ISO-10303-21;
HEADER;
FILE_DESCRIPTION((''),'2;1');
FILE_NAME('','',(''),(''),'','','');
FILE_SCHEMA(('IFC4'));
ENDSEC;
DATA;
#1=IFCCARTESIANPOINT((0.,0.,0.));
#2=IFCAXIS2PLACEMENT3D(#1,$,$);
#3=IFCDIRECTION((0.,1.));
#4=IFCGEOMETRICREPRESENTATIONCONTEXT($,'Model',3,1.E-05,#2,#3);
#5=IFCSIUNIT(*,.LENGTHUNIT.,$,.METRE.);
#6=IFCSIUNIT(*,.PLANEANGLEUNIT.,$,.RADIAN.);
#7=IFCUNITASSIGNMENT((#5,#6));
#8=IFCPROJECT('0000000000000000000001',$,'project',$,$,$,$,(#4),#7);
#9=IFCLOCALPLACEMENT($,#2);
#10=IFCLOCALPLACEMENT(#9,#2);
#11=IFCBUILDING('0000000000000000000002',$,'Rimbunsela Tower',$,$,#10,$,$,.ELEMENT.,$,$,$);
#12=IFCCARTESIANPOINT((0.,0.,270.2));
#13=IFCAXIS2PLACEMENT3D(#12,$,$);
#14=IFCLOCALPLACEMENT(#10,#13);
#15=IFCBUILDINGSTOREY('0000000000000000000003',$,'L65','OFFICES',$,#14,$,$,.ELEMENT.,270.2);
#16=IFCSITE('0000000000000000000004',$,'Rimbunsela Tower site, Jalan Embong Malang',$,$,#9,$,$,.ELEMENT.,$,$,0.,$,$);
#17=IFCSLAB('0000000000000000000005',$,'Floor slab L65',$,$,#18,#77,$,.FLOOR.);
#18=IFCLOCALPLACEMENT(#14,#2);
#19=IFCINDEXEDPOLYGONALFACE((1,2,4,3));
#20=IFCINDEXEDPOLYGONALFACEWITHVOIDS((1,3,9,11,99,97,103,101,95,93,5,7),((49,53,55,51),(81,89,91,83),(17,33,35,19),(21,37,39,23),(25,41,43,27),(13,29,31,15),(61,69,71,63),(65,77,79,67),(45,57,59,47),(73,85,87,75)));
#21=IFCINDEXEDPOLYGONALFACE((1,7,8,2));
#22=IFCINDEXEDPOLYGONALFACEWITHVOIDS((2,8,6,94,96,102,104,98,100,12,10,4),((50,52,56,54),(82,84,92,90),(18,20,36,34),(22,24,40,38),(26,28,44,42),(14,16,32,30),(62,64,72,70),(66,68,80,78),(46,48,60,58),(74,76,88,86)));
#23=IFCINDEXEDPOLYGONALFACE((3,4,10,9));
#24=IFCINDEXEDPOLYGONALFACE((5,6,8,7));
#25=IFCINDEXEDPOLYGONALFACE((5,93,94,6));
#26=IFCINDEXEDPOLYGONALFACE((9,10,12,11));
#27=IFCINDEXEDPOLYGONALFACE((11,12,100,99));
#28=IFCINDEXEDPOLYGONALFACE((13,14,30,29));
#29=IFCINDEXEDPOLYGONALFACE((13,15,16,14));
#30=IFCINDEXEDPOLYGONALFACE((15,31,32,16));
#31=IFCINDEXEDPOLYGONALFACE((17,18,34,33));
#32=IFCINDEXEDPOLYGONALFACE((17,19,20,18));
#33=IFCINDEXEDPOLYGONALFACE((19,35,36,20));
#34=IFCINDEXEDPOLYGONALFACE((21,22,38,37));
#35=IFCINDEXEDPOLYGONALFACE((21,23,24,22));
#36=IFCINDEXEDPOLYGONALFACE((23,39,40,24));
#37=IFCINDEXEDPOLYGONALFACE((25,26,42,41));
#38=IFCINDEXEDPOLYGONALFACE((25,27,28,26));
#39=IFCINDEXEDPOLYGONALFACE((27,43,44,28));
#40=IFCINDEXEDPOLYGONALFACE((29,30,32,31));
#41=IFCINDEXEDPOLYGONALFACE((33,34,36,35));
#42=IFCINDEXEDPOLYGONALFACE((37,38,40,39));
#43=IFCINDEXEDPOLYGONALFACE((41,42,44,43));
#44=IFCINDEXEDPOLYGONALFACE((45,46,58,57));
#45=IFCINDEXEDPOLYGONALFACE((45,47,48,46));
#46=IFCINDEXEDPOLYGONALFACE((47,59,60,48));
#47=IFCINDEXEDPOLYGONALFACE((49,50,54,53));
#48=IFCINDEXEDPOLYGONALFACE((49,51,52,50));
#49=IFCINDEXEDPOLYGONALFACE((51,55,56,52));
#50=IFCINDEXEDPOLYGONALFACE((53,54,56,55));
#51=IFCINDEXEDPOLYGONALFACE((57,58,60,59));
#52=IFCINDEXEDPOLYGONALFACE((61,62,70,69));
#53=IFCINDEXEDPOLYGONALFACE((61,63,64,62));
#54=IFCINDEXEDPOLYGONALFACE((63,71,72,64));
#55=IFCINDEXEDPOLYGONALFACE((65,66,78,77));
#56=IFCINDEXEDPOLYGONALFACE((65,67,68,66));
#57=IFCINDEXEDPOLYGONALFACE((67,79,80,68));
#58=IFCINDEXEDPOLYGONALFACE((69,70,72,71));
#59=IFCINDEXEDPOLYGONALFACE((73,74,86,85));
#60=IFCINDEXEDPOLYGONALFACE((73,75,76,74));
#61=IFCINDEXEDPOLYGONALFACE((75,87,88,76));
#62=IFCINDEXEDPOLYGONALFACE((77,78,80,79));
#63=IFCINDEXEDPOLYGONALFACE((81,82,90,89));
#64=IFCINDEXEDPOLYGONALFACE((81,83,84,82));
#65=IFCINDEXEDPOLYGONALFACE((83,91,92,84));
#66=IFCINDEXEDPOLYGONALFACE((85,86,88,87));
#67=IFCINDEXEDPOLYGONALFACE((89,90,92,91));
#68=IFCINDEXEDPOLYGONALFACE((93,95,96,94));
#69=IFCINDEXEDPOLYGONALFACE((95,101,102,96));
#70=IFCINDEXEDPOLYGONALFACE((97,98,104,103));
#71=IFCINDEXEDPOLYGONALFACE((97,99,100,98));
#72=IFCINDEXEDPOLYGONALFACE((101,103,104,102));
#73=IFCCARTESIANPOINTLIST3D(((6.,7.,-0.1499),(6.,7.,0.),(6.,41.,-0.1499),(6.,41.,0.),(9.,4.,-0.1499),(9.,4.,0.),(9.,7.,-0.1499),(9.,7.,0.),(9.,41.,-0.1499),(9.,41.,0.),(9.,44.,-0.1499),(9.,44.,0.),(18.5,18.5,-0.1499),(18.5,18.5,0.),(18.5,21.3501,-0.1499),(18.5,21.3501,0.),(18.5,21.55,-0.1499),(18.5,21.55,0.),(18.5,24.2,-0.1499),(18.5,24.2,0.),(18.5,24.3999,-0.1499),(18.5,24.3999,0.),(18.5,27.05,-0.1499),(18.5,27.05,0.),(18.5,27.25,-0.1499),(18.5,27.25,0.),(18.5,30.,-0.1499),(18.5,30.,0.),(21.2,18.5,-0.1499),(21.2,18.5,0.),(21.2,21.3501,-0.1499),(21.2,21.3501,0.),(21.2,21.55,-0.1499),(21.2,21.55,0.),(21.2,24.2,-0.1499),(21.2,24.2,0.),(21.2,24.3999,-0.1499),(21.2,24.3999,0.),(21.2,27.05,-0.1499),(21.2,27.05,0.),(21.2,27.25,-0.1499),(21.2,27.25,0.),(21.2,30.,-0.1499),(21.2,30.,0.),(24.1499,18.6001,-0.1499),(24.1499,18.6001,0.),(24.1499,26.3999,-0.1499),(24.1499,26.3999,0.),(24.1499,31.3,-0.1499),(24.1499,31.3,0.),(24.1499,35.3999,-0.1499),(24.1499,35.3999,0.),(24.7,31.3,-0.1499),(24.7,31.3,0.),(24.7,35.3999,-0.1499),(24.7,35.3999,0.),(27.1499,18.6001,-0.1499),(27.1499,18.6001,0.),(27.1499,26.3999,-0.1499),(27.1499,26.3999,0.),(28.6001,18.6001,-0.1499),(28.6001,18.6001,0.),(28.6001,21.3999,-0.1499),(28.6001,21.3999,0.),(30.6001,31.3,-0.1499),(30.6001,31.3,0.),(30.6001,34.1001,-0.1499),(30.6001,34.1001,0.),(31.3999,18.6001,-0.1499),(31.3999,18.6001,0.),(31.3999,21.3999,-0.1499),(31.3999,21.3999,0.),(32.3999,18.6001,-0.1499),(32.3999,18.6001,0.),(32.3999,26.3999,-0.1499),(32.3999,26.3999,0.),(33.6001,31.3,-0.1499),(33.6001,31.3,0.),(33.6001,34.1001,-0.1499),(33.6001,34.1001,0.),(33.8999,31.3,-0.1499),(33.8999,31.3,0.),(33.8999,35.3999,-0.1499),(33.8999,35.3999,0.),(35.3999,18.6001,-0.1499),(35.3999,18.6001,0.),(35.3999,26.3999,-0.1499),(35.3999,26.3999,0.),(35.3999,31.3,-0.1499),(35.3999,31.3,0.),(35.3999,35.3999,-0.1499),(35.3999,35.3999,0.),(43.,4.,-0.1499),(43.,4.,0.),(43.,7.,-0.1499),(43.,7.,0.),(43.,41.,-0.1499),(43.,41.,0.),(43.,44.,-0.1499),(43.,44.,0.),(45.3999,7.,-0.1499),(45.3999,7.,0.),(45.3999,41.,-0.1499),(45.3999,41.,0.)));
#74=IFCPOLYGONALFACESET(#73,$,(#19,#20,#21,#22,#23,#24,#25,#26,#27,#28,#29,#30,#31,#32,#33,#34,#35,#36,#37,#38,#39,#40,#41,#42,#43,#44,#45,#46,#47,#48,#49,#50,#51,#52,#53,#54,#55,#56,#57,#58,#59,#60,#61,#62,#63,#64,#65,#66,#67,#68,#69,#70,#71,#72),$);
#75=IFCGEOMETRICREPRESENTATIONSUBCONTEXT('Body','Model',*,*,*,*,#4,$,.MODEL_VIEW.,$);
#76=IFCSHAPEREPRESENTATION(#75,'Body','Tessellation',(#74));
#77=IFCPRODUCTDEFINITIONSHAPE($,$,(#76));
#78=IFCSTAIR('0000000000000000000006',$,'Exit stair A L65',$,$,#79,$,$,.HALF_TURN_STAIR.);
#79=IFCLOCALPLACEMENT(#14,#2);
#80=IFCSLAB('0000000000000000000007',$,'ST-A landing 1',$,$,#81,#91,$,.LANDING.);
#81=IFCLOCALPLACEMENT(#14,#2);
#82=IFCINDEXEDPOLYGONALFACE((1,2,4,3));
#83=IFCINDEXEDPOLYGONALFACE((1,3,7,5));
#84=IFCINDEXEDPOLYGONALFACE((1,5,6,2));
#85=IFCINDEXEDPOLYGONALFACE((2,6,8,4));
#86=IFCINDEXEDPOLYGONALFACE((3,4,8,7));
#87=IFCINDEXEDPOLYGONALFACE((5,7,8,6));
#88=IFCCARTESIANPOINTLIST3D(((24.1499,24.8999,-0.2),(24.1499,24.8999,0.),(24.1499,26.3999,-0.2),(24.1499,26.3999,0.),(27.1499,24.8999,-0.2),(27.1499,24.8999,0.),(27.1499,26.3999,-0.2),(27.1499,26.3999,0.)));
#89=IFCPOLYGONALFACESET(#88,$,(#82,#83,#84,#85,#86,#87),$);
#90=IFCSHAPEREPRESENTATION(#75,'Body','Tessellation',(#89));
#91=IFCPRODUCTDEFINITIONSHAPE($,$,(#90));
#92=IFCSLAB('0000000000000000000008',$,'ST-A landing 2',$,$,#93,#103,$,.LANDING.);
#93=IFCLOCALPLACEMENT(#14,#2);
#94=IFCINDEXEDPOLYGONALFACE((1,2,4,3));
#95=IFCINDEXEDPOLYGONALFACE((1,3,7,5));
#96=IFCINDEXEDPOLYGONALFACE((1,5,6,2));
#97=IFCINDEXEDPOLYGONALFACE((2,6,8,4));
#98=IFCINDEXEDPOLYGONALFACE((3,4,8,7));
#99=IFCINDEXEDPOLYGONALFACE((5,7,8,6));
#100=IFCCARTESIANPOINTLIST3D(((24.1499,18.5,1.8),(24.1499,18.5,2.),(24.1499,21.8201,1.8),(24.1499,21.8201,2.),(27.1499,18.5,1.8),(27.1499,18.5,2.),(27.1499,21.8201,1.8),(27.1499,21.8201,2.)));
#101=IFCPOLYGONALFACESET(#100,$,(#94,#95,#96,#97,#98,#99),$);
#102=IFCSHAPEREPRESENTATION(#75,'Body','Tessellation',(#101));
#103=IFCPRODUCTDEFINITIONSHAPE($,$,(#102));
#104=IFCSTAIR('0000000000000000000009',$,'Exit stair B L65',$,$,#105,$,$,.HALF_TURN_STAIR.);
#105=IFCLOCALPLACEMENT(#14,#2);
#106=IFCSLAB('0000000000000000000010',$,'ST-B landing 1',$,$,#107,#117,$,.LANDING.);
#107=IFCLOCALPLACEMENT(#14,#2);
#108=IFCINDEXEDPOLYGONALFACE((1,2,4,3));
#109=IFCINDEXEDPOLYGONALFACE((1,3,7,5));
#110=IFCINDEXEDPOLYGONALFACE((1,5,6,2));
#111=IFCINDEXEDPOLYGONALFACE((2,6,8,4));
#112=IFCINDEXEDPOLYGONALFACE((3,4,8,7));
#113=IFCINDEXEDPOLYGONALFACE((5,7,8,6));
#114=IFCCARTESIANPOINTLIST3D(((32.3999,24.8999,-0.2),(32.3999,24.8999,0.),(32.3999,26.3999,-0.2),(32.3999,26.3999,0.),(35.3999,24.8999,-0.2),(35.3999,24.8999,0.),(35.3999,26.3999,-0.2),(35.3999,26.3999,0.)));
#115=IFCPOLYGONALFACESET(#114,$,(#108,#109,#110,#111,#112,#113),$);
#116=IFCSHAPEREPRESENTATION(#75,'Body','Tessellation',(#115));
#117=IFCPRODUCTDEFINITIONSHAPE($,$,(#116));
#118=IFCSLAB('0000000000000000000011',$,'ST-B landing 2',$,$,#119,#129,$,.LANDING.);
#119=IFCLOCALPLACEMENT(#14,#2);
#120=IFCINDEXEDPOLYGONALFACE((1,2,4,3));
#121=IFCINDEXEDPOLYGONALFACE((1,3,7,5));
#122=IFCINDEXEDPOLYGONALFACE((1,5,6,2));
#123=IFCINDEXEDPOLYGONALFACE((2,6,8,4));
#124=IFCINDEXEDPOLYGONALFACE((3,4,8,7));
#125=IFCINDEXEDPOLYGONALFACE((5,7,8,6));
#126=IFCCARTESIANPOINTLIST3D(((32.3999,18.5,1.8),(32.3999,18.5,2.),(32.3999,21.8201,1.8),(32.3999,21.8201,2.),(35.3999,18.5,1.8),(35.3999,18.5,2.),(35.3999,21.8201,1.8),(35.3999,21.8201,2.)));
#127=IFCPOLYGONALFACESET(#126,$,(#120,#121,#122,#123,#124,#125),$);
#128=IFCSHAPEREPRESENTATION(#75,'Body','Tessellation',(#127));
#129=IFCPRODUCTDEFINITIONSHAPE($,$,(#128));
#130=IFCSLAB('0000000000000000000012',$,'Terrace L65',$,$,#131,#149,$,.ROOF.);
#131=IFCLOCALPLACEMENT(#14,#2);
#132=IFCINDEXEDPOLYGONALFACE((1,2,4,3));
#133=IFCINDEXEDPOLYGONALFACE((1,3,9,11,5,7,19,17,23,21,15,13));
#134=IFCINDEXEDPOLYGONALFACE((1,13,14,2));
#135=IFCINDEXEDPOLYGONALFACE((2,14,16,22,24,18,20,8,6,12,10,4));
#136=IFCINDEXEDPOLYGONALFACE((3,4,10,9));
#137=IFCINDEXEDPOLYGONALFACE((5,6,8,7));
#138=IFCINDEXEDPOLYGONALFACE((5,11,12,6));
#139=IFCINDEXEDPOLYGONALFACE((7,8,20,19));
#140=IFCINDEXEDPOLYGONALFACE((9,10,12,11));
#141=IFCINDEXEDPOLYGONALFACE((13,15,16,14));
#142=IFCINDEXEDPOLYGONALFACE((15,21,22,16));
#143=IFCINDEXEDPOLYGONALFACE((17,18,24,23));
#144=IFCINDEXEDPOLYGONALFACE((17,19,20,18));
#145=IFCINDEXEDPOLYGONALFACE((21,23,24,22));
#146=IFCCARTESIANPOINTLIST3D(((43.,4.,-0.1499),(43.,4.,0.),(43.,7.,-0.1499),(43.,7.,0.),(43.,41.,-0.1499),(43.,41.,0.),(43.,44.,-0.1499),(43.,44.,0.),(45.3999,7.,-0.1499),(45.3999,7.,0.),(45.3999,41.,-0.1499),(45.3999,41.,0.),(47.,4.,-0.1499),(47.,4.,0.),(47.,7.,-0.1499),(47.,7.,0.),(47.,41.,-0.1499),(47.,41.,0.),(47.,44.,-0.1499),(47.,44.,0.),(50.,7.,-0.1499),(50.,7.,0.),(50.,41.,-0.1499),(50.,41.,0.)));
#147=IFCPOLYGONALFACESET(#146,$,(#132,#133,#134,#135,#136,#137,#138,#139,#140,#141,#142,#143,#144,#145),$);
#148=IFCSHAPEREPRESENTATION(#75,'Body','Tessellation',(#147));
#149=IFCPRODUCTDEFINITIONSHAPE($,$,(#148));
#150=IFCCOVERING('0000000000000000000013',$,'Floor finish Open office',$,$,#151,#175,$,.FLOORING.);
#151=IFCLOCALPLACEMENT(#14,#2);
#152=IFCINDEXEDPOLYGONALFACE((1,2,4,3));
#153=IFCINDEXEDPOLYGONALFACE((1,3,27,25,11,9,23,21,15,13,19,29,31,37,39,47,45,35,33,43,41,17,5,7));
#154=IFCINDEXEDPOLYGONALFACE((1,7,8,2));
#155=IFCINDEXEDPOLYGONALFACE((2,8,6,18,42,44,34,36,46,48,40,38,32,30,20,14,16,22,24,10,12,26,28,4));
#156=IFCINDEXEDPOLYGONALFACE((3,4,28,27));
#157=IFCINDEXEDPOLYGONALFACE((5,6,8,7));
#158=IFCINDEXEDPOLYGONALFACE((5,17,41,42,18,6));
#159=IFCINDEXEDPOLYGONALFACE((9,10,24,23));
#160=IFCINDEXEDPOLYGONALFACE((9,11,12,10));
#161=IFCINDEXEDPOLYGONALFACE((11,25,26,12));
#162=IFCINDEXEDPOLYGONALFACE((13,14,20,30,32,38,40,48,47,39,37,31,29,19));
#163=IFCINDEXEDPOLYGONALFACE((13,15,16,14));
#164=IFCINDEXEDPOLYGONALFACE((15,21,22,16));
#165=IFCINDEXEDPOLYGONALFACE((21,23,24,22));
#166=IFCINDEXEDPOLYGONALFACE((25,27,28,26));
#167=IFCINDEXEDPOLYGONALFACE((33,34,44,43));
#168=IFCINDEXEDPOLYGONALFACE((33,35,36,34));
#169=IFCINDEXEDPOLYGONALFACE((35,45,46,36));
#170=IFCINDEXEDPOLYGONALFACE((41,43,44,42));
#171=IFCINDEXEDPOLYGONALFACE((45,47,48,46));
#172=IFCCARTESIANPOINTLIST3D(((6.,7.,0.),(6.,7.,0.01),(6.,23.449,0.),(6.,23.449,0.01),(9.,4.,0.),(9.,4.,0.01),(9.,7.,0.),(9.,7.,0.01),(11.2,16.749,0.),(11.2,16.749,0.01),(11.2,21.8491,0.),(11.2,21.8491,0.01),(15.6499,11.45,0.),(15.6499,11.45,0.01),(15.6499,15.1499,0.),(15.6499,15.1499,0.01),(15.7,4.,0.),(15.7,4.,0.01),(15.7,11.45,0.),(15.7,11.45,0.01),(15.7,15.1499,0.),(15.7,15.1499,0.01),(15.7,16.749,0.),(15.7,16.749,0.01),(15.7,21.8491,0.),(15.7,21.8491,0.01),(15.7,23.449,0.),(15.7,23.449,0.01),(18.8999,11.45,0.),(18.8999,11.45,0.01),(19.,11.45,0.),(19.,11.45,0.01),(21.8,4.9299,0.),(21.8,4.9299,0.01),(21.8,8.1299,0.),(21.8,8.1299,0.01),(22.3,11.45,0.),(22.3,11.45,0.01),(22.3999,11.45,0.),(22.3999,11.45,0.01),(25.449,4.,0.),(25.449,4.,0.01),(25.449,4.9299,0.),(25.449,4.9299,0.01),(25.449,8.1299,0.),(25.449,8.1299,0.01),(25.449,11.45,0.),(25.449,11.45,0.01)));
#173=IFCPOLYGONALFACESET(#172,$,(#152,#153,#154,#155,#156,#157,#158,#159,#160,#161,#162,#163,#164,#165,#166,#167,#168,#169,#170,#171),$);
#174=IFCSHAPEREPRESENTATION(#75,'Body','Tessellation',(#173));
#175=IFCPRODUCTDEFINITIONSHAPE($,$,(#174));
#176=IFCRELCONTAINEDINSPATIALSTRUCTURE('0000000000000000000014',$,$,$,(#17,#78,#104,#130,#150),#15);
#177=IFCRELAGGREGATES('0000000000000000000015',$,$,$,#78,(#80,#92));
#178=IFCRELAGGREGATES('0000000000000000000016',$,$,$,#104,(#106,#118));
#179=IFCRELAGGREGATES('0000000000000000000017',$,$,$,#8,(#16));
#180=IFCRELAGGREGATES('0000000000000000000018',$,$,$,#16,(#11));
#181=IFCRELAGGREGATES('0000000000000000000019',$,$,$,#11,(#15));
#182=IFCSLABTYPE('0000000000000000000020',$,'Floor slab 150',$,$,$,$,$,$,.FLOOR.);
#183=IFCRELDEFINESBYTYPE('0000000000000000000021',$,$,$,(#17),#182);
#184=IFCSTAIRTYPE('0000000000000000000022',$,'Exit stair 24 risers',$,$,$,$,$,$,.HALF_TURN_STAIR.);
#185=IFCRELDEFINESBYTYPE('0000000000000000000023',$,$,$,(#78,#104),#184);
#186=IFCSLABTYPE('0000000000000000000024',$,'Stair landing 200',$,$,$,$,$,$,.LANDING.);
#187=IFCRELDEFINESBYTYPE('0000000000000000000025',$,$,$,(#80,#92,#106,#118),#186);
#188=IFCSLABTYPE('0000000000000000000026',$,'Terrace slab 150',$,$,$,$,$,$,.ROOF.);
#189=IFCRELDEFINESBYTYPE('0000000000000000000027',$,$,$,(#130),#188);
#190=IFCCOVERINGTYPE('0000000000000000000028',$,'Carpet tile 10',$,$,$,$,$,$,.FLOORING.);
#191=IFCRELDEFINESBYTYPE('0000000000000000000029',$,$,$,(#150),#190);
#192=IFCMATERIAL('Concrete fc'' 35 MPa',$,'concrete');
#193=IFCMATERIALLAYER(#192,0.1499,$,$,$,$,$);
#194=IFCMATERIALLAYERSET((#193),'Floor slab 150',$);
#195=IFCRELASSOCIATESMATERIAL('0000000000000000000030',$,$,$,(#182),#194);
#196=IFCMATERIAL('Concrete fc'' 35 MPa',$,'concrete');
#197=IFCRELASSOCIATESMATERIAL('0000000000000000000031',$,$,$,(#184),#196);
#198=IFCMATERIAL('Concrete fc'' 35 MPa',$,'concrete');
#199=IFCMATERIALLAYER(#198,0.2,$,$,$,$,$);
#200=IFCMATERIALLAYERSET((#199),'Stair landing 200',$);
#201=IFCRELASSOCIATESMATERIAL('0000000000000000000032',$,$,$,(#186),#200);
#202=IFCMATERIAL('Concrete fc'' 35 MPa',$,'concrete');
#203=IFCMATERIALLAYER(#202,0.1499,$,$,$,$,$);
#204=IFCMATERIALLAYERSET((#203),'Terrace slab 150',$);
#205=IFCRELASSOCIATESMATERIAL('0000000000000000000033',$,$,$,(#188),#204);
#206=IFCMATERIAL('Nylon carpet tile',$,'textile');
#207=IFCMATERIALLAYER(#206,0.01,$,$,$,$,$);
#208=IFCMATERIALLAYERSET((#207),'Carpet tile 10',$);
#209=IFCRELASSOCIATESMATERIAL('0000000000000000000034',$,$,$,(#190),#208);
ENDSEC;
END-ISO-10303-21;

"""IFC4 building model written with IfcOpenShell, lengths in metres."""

from ifc_helpers import new_model, si_unit, direction, frame, origin, place, context, subcontext, project, spatial, polyline, outline, extrude, material, layer, layer_set, type_object, element, aggregate, save


model = new_model("IFC4")

# Units and contexts
model_context = context("Model", 3, precision=1e-05, world=origin(), true_north=direction((0.0, 1.0)))
body_context = subcontext(model_context, "Body", "Model", "MODEL_VIEW")
ifc_project = project(units=[si_unit("LENGTHUNIT", "METRE"), si_unit("PLANEANGLEUNIT", "RADIAN")], contexts=[model_context])

# Site, building, storey
site_placement = place(None, origin())
site = spatial("IfcSite", under=ifc_project, at=site_placement, Name="Rimbunsela Tower site, Jalan Embong Malang", CompositionType="ELEMENT", RefElevation=0.0)
building_placement = place(site_placement, origin())
building = spatial("IfcBuilding", under=site, at=building_placement, Name="Rimbunsela Tower", CompositionType="ELEMENT")
storey_placement = place(building_placement, frame((0.0, 0.0, 270.2)))
storey = spatial("IfcBuildingStorey", under=building, at=storey_placement, Name="L65", Description="OFFICES", CompositionType="ELEMENT", Elevation=270.2)

# Slab
ifc_material_1 = material(Name="Concrete fc' 35 MPa", Category="concrete")
ifc_layer_1 = layer(ifc_material_1, 0.1499)
ifc_layer_set_1 = layer_set([ifc_layer_1], Name="Floor slab 150")
slab_type_1 = type_object("IfcSlabType", Name="Floor slab 150", PredefinedType="FLOOR", material=ifc_layer_set_1)
slab_1_placement = place(storey_placement, frame((0.0, 0.0, -0.1499)))
element("IfcSlab", 1, at=slab_1_placement, inside=storey, type_object=slab_type_1, Name="Floor slab L65", PredefinedType="FLOOR", context=body_context, shape_type="SweptSolid", body=[
    extrude(outline(polyline([(43.0, 7.0), (45.3999, 7.0), (45.3999, 41.0), (43.0, 41.0), (43.0, 44.0), (9.0, 44.0), (9.0, 41.0), (6.0, 41.0), (6.0, 7.0), (9.0, 7.0), (9.0, 4.0), (43.0, 4.0), (43.0, 7.0)]), holes=[polyline([(21.2, 21.3501), (18.5, 21.3501), (18.5, 18.5), (21.2, 18.5), (21.2, 21.3501)]), polyline([(21.2, 21.55), (21.2, 24.2), (18.5, 24.2), (18.5, 21.55), (21.2, 21.55)]), polyline([(21.2, 27.05), (18.5, 27.05), (18.5, 24.3999), (21.2, 24.3999), (21.2, 27.05)]), polyline([(21.2, 30.0), (18.5, 30.0), (18.5, 27.25), (21.2, 27.25), (21.2, 30.0)]), polyline([(27.1499, 26.3999), (24.1499, 26.3999), (24.1499, 18.6001), (27.1499, 18.6001), (27.1499, 26.3999)]), polyline([(24.7, 31.3), (24.7, 35.3999), (24.1499, 35.3999), (24.1499, 31.3), (24.7, 31.3)]), polyline([(31.3999, 21.3999), (28.6001, 21.3999), (28.6001, 18.6001), (31.3999, 18.6001), (31.3999, 21.3999)]), polyline([(33.6001, 34.1001), (30.6001, 34.1001), (30.6001, 31.3), (33.6001, 31.3), (33.6001, 34.1001)]), polyline([(35.3999, 18.6001), (35.3999, 26.3999), (32.3999, 26.3999), (32.3999, 18.6001), (35.3999, 18.6001)]), polyline([(35.3999, 31.3), (35.3999, 35.3999), (33.8999, 35.3999), (33.8999, 31.3), (35.3999, 31.3)])]), origin(), (0.0, 0.0, 1.0), 0.1499),
])

# Stairs, slabs
ifc_material_2 = material(Name="Concrete fc' 35 MPa", Category="concrete")
stair_type = type_object("IfcStairType", Name="Exit stair 24 risers", PredefinedType="HALF_TURN_STAIR", material=ifc_material_2)
stair_1_placement = place(storey_placement, origin())
stair_1 = element("IfcStair", 2, at=stair_1_placement, inside=storey, type_object=stair_type, Name="Exit stair A L65", PredefinedType="HALF_TURN_STAIR")
ifc_material_3 = material(Name="Concrete fc' 35 MPa", Category="concrete")
ifc_layer_2 = layer(ifc_material_3, 0.2)
ifc_layer_set_2 = layer_set([ifc_layer_2], Name="Stair landing 200")
slab_type_2 = type_object("IfcSlabType", Name="Stair landing 200", PredefinedType="LANDING", material=ifc_layer_set_2)
slab_2_placement = place(storey_placement, frame((0.0, 0.0, -0.2)))
slab_2 = element("IfcSlab", 3, at=slab_2_placement, type_object=slab_type_2, Name="ST-A landing 1", PredefinedType="LANDING", context=body_context, shape_type="SweptSolid", body=[
    extrude(outline(polyline([(24.1499, 24.8999), (27.1499, 24.8999), (27.1499, 26.3999), (24.1499, 26.3999), (24.1499, 24.8999)])), origin(), (0.0, 0.0, 1.0), 0.2),
])
slab_3_placement = place(storey_placement, frame((0.0, 0.0, 1.8)))
slab_3 = element("IfcSlab", 4, at=slab_3_placement, type_object=slab_type_2, Name="ST-A landing 2", PredefinedType="LANDING", context=body_context, shape_type="SweptSolid", body=[
    extrude(outline(polyline([(24.1499, 18.5), (27.1499, 18.5), (27.1499, 21.8201), (24.1499, 21.8201), (24.1499, 18.5)])), origin(), (0.0, 0.0, 1.0), 0.2),
])
aggregate(stair_1, [slab_2, slab_3])
stair_2_placement = place(storey_placement, origin())
stair_2 = element("IfcStair", 5, at=stair_2_placement, inside=storey, type_object=stair_type, Name="Exit stair B L65", PredefinedType="HALF_TURN_STAIR")
slab_4_placement = place(storey_placement, frame((0.0, 0.0, -0.2)))
slab_4 = element("IfcSlab", 6, at=slab_4_placement, type_object=slab_type_2, Name="ST-B landing 1", PredefinedType="LANDING", context=body_context, shape_type="SweptSolid", body=[
    extrude(outline(polyline([(32.3999, 24.8999), (35.3999, 24.8999), (35.3999, 26.3999), (32.3999, 26.3999), (32.3999, 24.8999)])), origin(), (0.0, 0.0, 1.0), 0.2),
])
slab_5_placement = place(storey_placement, frame((0.0, 0.0, 1.8)))
slab_5 = element("IfcSlab", 7, at=slab_5_placement, type_object=slab_type_2, Name="ST-B landing 2", PredefinedType="LANDING", context=body_context, shape_type="SweptSolid", body=[
    extrude(outline(polyline([(32.3999, 18.5), (35.3999, 18.5), (35.3999, 21.8201), (32.3999, 21.8201), (32.3999, 18.5)])), origin(), (0.0, 0.0, 1.0), 0.2),
])
aggregate(stair_2, [slab_4, slab_5])

# Slab
ifc_material_4 = material(Name="Concrete fc' 35 MPa", Category="concrete")
ifc_layer_3 = layer(ifc_material_4, 0.1499)
ifc_layer_set_3 = layer_set([ifc_layer_3], Name="Terrace slab 150")
slab_type_3 = type_object("IfcSlabType", Name="Terrace slab 150", PredefinedType="ROOF", material=ifc_layer_set_3)
slab_6_placement = place(storey_placement, frame((0.0, 0.0, -0.1499)))
element("IfcSlab", 8, at=slab_6_placement, inside=storey, type_object=slab_type_3, Name="Terrace L65", PredefinedType="ROOF", context=body_context, shape_type="SweptSolid", body=[
    extrude(outline(polyline([(47.0, 44.0), (47.0, 41.0), (50.0, 41.0), (50.0, 7.0), (47.0, 7.0), (47.0, 4.0), (43.0, 4.0), (43.0, 7.0), (45.3999, 7.0), (45.3999, 41.0), (43.0, 41.0), (43.0, 44.0), (47.0, 44.0)])), origin(), (0.0, 0.0, 1.0), 0.1499),
])

# Covering
ifc_material_5 = material(Name="Nylon carpet tile", Category="textile")
ifc_layer_4 = layer(ifc_material_5, 0.01)
ifc_layer_set_4 = layer_set([ifc_layer_4], Name="Carpet tile 10")
covering_type_1 = type_object("IfcCoveringType", Name="Carpet tile 10", PredefinedType="FLOORING", material=ifc_layer_set_4)
covering_1_placement = place(storey_placement, origin())
element("IfcCovering", 9, at=covering_1_placement, inside=storey, type_object=covering_type_1, Name="Floor finish Open office", PredefinedType="FLOORING", context=body_context, shape_type="SweptSolid", body=[
    extrude(outline(polyline([(25.449, 4.9299), (25.449, 4.0), (15.7, 4.0), (9.0, 4.0), (9.0, 7.0), (6.0, 7.0), (6.0, 23.449), (15.7, 23.449), (15.7, 21.8491), (11.2, 21.8491), (11.2, 16.749), (15.7, 16.749), (15.7, 15.1499), (15.6499, 15.1499), (15.6499, 11.45), (15.7, 11.45), (18.8999, 11.45), (19.0, 11.45), (22.3, 11.45), (22.3999, 11.45), (25.449, 11.45), (25.449, 8.1299), (21.8, 8.1299), (21.8, 4.9299), (25.449, 4.9299)])), origin(), (0.0, 0.0, 1.0), 0.01),
])

save(model, "model.ifc")
